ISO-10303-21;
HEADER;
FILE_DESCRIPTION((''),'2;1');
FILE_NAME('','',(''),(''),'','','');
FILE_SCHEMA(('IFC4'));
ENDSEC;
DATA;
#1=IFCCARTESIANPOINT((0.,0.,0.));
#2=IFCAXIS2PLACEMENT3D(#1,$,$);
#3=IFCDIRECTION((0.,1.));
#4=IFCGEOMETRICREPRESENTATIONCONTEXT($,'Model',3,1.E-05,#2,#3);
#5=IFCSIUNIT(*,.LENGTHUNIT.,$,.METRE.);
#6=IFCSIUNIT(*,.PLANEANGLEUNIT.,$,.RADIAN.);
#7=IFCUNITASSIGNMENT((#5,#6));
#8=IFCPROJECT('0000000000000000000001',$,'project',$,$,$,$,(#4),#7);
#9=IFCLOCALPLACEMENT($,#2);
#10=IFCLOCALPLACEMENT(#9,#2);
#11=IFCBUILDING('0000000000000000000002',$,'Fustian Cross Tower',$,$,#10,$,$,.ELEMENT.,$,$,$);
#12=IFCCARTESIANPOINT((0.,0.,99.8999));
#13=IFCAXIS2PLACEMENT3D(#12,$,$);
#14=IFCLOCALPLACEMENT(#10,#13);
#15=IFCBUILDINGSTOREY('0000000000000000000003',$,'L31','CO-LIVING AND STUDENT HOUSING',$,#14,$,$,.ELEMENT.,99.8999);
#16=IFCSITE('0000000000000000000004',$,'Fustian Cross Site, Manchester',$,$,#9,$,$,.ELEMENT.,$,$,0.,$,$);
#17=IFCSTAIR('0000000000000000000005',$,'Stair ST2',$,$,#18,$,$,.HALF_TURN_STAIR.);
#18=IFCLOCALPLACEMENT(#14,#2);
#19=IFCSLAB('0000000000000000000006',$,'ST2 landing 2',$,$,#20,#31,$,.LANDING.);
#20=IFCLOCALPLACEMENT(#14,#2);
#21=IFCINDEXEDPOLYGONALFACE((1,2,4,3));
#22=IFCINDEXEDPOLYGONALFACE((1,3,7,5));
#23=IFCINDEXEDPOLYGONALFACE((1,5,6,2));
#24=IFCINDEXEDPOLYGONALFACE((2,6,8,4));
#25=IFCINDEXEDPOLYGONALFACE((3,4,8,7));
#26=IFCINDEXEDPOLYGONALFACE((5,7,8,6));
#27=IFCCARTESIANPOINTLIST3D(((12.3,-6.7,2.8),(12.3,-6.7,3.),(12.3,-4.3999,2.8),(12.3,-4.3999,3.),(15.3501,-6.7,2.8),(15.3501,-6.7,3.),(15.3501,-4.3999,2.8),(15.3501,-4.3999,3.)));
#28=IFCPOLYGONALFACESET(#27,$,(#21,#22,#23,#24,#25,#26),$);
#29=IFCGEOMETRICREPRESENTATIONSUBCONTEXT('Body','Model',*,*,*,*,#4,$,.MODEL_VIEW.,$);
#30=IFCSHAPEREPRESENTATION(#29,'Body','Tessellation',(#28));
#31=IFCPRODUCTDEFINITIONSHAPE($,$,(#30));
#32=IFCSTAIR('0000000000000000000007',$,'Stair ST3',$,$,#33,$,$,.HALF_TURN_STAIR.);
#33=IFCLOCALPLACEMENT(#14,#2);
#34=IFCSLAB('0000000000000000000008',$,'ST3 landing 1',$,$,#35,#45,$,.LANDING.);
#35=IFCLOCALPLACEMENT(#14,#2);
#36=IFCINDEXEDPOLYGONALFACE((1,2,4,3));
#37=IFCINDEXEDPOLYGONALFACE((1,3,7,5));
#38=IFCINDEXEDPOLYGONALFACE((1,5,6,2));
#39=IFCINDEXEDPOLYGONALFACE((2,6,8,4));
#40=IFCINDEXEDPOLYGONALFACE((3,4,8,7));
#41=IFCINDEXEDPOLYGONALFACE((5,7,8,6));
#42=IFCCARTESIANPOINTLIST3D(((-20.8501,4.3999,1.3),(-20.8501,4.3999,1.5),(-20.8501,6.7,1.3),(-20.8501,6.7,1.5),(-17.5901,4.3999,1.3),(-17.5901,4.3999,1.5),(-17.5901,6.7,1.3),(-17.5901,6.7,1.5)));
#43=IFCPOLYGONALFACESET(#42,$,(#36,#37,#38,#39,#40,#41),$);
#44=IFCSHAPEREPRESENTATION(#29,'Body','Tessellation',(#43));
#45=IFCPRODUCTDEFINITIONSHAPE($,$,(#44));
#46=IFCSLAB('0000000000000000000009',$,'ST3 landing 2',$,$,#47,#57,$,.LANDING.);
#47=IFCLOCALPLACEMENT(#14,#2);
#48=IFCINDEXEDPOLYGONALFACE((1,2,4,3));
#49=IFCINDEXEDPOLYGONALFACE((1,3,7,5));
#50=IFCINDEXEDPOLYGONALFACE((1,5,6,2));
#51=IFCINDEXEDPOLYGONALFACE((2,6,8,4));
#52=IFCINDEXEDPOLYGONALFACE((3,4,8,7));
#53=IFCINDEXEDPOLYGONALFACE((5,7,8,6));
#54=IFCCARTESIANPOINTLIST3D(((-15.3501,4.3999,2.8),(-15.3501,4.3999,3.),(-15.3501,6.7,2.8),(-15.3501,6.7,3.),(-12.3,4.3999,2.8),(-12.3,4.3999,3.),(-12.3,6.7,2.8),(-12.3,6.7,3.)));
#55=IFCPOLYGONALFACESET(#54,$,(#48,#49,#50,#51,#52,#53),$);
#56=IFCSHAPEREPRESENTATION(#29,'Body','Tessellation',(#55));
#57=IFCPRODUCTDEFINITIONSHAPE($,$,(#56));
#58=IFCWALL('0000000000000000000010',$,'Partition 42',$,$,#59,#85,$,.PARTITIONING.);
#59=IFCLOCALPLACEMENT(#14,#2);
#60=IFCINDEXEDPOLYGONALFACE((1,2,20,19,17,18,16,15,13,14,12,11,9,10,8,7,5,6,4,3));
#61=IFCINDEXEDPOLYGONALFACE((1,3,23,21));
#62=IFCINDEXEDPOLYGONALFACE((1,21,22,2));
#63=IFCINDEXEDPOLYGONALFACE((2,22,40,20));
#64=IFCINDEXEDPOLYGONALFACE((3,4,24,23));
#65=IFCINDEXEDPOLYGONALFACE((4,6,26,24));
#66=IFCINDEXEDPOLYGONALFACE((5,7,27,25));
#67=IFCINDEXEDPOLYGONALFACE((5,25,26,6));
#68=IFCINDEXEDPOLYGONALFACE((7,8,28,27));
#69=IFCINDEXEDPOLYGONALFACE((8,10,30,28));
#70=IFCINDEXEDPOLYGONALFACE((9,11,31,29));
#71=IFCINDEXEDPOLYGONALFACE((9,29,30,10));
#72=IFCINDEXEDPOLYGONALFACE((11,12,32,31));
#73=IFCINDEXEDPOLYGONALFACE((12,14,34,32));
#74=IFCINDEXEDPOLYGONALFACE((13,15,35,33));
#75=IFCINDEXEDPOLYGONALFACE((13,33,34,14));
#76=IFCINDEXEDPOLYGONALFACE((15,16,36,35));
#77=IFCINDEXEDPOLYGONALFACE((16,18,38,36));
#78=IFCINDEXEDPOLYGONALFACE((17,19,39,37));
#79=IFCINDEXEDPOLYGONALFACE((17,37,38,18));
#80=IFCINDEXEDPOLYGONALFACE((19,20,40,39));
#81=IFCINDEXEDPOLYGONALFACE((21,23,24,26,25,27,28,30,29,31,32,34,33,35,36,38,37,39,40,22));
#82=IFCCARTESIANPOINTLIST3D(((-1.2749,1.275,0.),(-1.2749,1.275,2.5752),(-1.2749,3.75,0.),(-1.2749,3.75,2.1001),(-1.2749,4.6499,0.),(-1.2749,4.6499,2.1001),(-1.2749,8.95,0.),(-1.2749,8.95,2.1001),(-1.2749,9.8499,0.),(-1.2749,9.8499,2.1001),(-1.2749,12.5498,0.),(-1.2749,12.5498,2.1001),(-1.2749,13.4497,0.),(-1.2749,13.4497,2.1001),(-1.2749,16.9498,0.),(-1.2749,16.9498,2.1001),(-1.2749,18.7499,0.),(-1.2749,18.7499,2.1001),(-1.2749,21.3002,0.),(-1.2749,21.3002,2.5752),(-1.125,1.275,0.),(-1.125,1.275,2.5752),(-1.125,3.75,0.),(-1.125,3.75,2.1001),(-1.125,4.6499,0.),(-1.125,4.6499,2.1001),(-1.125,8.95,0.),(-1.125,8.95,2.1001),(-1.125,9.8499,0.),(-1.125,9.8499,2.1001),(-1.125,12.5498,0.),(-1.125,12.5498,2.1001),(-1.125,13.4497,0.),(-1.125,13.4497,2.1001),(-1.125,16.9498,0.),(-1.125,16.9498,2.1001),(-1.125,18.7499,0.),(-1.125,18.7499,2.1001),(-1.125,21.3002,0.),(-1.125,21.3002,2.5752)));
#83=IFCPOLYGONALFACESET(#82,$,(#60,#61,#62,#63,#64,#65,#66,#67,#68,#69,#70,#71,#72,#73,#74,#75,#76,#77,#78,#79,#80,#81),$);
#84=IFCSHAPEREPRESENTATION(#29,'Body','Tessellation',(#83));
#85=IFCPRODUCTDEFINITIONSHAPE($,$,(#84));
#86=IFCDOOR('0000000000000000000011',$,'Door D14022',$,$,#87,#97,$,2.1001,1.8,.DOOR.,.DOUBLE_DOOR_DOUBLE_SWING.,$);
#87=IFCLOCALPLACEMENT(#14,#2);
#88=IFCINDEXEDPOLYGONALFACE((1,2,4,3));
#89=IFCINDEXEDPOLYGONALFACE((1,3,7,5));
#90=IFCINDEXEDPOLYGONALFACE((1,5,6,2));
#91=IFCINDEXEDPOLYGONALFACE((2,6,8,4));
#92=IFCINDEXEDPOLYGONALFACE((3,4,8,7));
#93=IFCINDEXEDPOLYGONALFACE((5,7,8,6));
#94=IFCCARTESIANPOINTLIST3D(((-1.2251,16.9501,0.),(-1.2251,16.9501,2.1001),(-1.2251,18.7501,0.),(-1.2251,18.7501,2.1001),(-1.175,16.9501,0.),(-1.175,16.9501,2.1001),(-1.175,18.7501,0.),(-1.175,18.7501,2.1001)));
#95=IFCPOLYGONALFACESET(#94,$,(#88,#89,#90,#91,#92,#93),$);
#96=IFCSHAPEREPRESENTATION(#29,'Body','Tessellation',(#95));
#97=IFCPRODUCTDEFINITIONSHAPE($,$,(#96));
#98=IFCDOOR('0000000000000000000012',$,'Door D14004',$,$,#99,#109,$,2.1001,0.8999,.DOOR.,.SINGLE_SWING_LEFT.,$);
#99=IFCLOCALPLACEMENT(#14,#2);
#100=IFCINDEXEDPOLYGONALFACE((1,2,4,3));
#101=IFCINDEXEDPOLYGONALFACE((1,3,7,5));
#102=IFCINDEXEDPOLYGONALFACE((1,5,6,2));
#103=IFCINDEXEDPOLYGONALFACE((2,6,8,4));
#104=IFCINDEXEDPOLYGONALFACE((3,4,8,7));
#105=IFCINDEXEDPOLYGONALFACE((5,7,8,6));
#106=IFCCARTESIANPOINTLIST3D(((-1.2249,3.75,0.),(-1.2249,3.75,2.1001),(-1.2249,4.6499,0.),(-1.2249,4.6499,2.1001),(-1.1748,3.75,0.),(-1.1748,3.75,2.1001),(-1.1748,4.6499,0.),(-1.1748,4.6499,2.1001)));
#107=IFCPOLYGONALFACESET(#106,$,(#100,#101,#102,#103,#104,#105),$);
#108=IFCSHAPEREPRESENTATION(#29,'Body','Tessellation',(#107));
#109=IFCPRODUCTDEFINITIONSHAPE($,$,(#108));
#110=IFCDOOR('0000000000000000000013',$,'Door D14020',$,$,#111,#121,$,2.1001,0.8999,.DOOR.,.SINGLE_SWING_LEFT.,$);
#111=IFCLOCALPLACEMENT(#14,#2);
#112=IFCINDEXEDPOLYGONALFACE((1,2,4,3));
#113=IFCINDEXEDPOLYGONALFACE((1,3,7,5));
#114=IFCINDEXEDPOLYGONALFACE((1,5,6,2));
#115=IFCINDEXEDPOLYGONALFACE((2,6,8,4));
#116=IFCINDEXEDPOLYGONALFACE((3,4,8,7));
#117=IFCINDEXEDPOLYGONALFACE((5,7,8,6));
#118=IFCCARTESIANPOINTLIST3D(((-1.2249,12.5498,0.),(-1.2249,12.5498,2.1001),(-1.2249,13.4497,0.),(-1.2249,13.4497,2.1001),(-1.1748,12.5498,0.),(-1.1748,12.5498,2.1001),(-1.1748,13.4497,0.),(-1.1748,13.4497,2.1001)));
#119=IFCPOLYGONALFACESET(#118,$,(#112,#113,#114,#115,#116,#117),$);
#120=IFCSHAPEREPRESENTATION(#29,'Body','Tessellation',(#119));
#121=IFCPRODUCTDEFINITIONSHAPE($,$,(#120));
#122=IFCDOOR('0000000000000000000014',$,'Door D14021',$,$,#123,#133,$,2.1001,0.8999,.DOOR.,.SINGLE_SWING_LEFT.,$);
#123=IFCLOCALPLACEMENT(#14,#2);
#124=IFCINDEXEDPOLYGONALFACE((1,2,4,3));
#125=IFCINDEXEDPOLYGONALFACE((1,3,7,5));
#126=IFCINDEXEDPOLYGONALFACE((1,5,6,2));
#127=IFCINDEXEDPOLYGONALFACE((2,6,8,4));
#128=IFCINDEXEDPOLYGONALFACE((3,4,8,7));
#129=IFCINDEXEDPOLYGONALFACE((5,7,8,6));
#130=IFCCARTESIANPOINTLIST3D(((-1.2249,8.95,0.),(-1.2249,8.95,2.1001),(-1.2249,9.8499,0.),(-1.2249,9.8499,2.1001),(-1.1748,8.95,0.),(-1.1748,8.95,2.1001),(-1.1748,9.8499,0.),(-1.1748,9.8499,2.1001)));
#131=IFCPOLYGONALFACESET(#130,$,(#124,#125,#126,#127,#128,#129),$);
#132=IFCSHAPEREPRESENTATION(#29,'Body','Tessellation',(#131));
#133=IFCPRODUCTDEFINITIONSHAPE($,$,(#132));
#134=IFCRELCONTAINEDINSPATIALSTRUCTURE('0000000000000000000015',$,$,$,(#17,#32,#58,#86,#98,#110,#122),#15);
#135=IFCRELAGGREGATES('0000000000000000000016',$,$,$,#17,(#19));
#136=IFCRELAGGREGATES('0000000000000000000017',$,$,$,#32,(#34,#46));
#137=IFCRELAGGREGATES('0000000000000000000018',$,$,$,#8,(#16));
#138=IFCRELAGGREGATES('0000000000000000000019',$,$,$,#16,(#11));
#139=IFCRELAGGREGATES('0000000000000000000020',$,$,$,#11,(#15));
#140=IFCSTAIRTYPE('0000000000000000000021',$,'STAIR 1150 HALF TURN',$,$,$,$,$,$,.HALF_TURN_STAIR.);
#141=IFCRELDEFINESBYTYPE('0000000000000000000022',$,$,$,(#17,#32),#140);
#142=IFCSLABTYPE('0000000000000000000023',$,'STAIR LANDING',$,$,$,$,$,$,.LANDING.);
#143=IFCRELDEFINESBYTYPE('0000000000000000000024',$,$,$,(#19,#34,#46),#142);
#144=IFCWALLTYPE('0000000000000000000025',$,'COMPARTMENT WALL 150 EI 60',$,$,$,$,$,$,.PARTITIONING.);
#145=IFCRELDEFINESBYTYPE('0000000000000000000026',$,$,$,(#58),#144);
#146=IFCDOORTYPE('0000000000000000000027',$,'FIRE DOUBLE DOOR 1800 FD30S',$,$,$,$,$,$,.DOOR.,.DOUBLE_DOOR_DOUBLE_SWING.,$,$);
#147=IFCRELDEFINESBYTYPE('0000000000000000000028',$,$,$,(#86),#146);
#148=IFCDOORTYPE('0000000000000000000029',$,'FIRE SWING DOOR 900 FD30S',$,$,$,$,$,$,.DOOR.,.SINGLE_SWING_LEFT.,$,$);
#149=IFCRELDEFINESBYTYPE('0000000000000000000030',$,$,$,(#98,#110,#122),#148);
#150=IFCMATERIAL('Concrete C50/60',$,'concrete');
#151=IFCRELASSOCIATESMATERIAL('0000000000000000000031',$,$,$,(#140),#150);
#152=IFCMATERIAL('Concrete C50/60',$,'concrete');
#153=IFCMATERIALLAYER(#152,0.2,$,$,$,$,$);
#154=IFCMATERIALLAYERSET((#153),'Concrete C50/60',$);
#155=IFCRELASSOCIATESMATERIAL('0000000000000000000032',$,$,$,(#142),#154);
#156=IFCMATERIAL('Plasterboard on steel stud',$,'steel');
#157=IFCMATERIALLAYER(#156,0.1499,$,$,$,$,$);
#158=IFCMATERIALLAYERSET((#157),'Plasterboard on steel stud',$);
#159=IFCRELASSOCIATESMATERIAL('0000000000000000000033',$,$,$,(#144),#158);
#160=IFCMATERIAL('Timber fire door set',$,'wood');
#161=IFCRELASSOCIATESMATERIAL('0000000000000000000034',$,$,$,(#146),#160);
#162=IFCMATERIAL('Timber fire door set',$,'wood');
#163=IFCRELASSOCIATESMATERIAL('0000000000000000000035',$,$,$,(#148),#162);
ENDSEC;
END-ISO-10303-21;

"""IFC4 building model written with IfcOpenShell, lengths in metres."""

from ifc_helpers import new_model, si_unit, direction, frame, frame_2d, origin, place, context, subcontext, project, spatial, polyline, rectangle, outline, extrude, material, layer, layer_set, type_object, element, fill, aggregate, save


model = new_model("IFC4")

# Units and contexts
model_context = context("Model", 3, precision=1e-05, world=origin(), true_north=direction((0.0, 1.0)))
body_context = subcontext(model_context, "Body", "Model", "MODEL_VIEW")
ifc_project = project(units=[si_unit("LENGTHUNIT", "METRE"), si_unit("PLANEANGLEUNIT", "RADIAN")], contexts=[model_context])

# Site, building, storey
site_placement = place(None, origin())
site = spatial("IfcSite", under=ifc_project, at=site_placement, Name="Fustian Cross Site, Manchester", CompositionType="ELEMENT", RefElevation=0.0)
building_placement = place(site_placement, origin())
building = spatial("IfcBuilding", under=site, at=building_placement, Name="Fustian Cross Tower", CompositionType="ELEMENT")
storey_placement = place(building_placement, frame((0.0, 0.0, 99.8999)))
storey = spatial("IfcBuildingStorey", under=building, at=storey_placement, Name="L31", Description="CO-LIVING AND STUDENT HOUSING", CompositionType="ELEMENT", Elevation=99.8999)

# Stairs, slabs
ifc_material_1 = material(Name="Concrete C50/60", Category="concrete")
stair_type = type_object("IfcStairType", Name="STAIR 1150 HALF TURN", PredefinedType="HALF_TURN_STAIR", material=ifc_material_1)
ifc_material_2 = material(Name="Concrete C50/60", Category="concrete")
ifc_layer_1 = layer(ifc_material_2, 0.2)
ifc_layer_set_1 = layer_set([ifc_layer_1], Name="Concrete C50/60")
slab_type_1 = type_object("IfcSlabType", Name="STAIR LANDING", PredefinedType="LANDING", material=ifc_layer_set_1)
stair_1_placement = place(storey_placement, origin())
stair_1 = element("IfcStair", 1, at=stair_1_placement, inside=storey, type_object=stair_type, Name="Stair ST2", PredefinedType="HALF_TURN_STAIR")
slab_1_placement = place(storey_placement, frame((0.0, 0.0, 2.8)))
slab_1 = element("IfcSlab", 2, at=slab_1_placement, type_object=slab_type_1, Name="ST2 landing 2", PredefinedType="LANDING", context=body_context, shape_type="SweptSolid", body=[
    extrude(outline(polyline([(12.3, -4.3999), (15.3501, -4.3999), (15.3501, -6.7), (12.3, -6.7), (12.3, -4.3999)])), origin(), (0.0, 0.0, 1.0), 0.2),
])
aggregate(stair_1, [slab_1])
stair_2_placement = place(storey_placement, origin())
stair_2 = element("IfcStair", 3, at=stair_2_placement, inside=storey, type_object=stair_type, Name="Stair ST3", PredefinedType="HALF_TURN_STAIR")
slab_2_placement = place(storey_placement, frame((0.0, 0.0, 1.3)))
slab_2 = element("IfcSlab", 4, at=slab_2_placement, type_object=slab_type_1, Name="ST3 landing 1", PredefinedType="LANDING", context=body_context, shape_type="SweptSolid", body=[
    extrude(outline(polyline([(-17.5901, 4.3999), (-20.8501, 4.3999), (-20.8501, 6.7), (-17.5901, 6.7), (-17.5901, 4.3999)])), origin(), (0.0, 0.0, 1.0), 0.2),
])
slab_3_placement = place(storey_placement, frame((0.0, 0.0, 2.8)))
slab_3 = element("IfcSlab", 5, at=slab_3_placement, type_object=slab_type_1, Name="ST3 landing 2", PredefinedType="LANDING", context=body_context, shape_type="SweptSolid", body=[
    extrude(outline(polyline([(-12.3, 4.3999), (-15.3501, 4.3999), (-15.3501, 6.7), (-12.3, 6.7), (-12.3, 4.3999)])), origin(), (0.0, 0.0, 1.0), 0.2),
])
aggregate(stair_2, [slab_2, slab_3])

# Wall, openings, doors
ifc_material_3 = material(Name="Plasterboard on steel stud", Category="steel")
ifc_layer_2 = layer(ifc_material_3, 0.1499)
ifc_layer_set_2 = layer_set([ifc_layer_2], Name="Plasterboard on steel stud")
wall_type = type_object("IfcWallType", Name="COMPARTMENT WALL 150 EI 60", PredefinedType="PARTITIONING", material=ifc_layer_set_2)
wall_placement = place(storey_placement, frame((-1.2, 1.2749, 0.0), z_axis=(0.0, 0.0, 1.0), x_axis=(0.0, 1.0, 0.0)))
wall = element("IfcWall", 6, at=wall_placement, inside=storey, type_object=wall_type, Name="Partition 42", PredefinedType="PARTITIONING", context=body_context, shape_type="SweptSolid", body=[
    extrude(rectangle(XDim=20.0251, YDim=0.1499, at=frame_2d((10.0127, 0.0))), origin(), (0.0, 0.0, 1.0), 2.5752),
])
opening_1_placement = place(wall_placement, frame((2.4751, 0.0, 0.0)))
opening_1 = element("IfcOpeningElement", 7, at=opening_1_placement, cuts=wall, PredefinedType="OPENING", context=body_context, shape_type="SweptSolid", body=[
    extrude(rectangle(XDim=0.8999, YDim=2.1001, at=frame_2d((0.45, 1.05))), frame((0.0, 0.085, 0.0), z_axis=(0.0, -1.0, 0.0), x_axis=(1.0, 0.0, 0.0)), (0.0, 0.0, 1.0), 0.1699),
])
opening_2_placement = place(wall_placement, frame((11.2749, 0.0, 0.0)))
opening_2 = element("IfcOpeningElement", 8, at=opening_2_placement, cuts=wall, PredefinedType="OPENING", context=body_context, shape_type="SweptSolid", body=[
    extrude(rectangle(XDim=0.8999, YDim=2.1001, at=frame_2d((0.45, 1.05))), frame((0.0, 0.085, 0.0), z_axis=(0.0, -1.0, 0.0), x_axis=(1.0, 0.0, 0.0)), (0.0, 0.0, 1.0), 0.1699),
])
opening_3_placement = place(wall_placement, frame((7.675, 0.0, 0.0)))
opening_3 = element("IfcOpeningElement", 9, at=opening_3_placement, cuts=wall, PredefinedType="OPENING", context=body_context, shape_type="SweptSolid", body=[
    extrude(rectangle(XDim=0.8999, YDim=2.1001, at=frame_2d((0.45, 1.05))), frame((0.0, 0.085, 0.0), z_axis=(0.0, -1.0, 0.0), x_axis=(1.0, 0.0, 0.0)), (0.0, 0.0, 1.0), 0.1699),
])
opening_4_placement = place(wall_placement, frame((15.675, 0.0, 0.0)))
opening_4 = element("IfcOpeningElement", 10, at=opening_4_placement, cuts=wall, PredefinedType="OPENING", context=body_context, shape_type="SweptSolid", body=[
    extrude(rectangle(XDim=1.8, YDim=2.1001, at=frame_2d((0.8999, 1.05))), frame((0.0, 0.085, 0.0), z_axis=(0.0, -1.0, 0.0), x_axis=(1.0, 0.0, 0.0)), (0.0, 0.0, 1.0), 0.1699),
])
ifc_material_4 = material(Name="Timber fire door set", Category="wood")
door_type_1 = type_object("IfcDoorType", Name="FIRE DOUBLE DOOR 1800 FD30S", OperationType="DOUBLE_DOOR_DOUBLE_SWING", PredefinedType="DOOR", material=ifc_material_4)
door_1_placement = place(opening_4_placement, frame((1.8, 0.0, 0.0), z_axis=(0.0, 0.0, 1.0), x_axis=(-1.0, 0.0, 0.0)))
door_1 = element("IfcDoor", 11, at=door_1_placement, inside=storey, type_object=door_type_1, Name="Door D14022", OperationType="DOUBLE_DOOR_DOUBLE_SWING", OverallHeight=2.1001, OverallWidth=1.8, PredefinedType="DOOR", context=body_context, shape_type="SweptSolid", body=[
    extrude(rectangle(XDim=1.8, YDim=2.1001, at=frame_2d((0.8999, 1.05))), frame((0.0, 0.0249, 0.0), z_axis=(0.0, -1.0, 0.0), x_axis=(1.0, 0.0, 0.0)), (0.0, 0.0, 1.0), 0.05),
])
fill(opening_4, door_1)
ifc_material_5 = material(Name="Timber fire door set", Category="wood")
door_type_2 = type_object("IfcDoorType", Name="FIRE SWING DOOR 900 FD30S", OperationType="SINGLE_SWING_LEFT", PredefinedType="DOOR", material=ifc_material_5)
door_2_placement = place(opening_1_placement, origin())
door_2 = element("IfcDoor", 12, at=door_2_placement, inside=storey, type_object=door_type_2, Name="Door D14004", OperationType="SINGLE_SWING_LEFT", OverallHeight=2.1001, OverallWidth=0.8999, PredefinedType="DOOR", context=body_context, shape_type="SweptSolid", body=[
    extrude(rectangle(XDim=0.8999, YDim=2.1001, at=frame_2d((0.45, 1.05))), frame((0.0, 0.0249, 0.0), z_axis=(0.0, -1.0, 0.0), x_axis=(1.0, 0.0, 0.0)), (0.0, 0.0, 1.0), 0.05),
])
fill(opening_1, door_2)
door_3_placement = place(opening_2_placement, origin())
door_3 = element("IfcDoor", 13, at=door_3_placement, inside=storey, type_object=door_type_2, Name="Door D14020", OperationType="SINGLE_SWING_LEFT", OverallHeight=2.1001, OverallWidth=0.8999, PredefinedType="DOOR", context=body_context, shape_type="SweptSolid", body=[
    extrude(rectangle(XDim=0.8999, YDim=2.1001, at=frame_2d((0.45, 1.05))), frame((0.0, 0.0249, 0.0), z_axis=(0.0, -1.0, 0.0), x_axis=(1.0, 0.0, 0.0)), (0.0, 0.0, 1.0), 0.05),
])
fill(opening_2, door_3)
door_4_placement = place(opening_3_placement, origin())
door_4 = element("IfcDoor", 14, at=door_4_placement, inside=storey, type_object=door_type_2, Name="Door D14021", OperationType="SINGLE_SWING_LEFT", OverallHeight=2.1001, OverallWidth=0.8999, PredefinedType="DOOR", context=body_context, shape_type="SweptSolid", body=[
    extrude(rectangle(XDim=0.8999, YDim=2.1001, at=frame_2d((0.45, 1.05))), frame((0.0, 0.0249, 0.0), z_axis=(0.0, -1.0, 0.0), x_axis=(1.0, 0.0, 0.0)), (0.0, 0.0, 1.0), 0.05),
])
fill(opening_3, door_4)

save(model, "model.ifc")
